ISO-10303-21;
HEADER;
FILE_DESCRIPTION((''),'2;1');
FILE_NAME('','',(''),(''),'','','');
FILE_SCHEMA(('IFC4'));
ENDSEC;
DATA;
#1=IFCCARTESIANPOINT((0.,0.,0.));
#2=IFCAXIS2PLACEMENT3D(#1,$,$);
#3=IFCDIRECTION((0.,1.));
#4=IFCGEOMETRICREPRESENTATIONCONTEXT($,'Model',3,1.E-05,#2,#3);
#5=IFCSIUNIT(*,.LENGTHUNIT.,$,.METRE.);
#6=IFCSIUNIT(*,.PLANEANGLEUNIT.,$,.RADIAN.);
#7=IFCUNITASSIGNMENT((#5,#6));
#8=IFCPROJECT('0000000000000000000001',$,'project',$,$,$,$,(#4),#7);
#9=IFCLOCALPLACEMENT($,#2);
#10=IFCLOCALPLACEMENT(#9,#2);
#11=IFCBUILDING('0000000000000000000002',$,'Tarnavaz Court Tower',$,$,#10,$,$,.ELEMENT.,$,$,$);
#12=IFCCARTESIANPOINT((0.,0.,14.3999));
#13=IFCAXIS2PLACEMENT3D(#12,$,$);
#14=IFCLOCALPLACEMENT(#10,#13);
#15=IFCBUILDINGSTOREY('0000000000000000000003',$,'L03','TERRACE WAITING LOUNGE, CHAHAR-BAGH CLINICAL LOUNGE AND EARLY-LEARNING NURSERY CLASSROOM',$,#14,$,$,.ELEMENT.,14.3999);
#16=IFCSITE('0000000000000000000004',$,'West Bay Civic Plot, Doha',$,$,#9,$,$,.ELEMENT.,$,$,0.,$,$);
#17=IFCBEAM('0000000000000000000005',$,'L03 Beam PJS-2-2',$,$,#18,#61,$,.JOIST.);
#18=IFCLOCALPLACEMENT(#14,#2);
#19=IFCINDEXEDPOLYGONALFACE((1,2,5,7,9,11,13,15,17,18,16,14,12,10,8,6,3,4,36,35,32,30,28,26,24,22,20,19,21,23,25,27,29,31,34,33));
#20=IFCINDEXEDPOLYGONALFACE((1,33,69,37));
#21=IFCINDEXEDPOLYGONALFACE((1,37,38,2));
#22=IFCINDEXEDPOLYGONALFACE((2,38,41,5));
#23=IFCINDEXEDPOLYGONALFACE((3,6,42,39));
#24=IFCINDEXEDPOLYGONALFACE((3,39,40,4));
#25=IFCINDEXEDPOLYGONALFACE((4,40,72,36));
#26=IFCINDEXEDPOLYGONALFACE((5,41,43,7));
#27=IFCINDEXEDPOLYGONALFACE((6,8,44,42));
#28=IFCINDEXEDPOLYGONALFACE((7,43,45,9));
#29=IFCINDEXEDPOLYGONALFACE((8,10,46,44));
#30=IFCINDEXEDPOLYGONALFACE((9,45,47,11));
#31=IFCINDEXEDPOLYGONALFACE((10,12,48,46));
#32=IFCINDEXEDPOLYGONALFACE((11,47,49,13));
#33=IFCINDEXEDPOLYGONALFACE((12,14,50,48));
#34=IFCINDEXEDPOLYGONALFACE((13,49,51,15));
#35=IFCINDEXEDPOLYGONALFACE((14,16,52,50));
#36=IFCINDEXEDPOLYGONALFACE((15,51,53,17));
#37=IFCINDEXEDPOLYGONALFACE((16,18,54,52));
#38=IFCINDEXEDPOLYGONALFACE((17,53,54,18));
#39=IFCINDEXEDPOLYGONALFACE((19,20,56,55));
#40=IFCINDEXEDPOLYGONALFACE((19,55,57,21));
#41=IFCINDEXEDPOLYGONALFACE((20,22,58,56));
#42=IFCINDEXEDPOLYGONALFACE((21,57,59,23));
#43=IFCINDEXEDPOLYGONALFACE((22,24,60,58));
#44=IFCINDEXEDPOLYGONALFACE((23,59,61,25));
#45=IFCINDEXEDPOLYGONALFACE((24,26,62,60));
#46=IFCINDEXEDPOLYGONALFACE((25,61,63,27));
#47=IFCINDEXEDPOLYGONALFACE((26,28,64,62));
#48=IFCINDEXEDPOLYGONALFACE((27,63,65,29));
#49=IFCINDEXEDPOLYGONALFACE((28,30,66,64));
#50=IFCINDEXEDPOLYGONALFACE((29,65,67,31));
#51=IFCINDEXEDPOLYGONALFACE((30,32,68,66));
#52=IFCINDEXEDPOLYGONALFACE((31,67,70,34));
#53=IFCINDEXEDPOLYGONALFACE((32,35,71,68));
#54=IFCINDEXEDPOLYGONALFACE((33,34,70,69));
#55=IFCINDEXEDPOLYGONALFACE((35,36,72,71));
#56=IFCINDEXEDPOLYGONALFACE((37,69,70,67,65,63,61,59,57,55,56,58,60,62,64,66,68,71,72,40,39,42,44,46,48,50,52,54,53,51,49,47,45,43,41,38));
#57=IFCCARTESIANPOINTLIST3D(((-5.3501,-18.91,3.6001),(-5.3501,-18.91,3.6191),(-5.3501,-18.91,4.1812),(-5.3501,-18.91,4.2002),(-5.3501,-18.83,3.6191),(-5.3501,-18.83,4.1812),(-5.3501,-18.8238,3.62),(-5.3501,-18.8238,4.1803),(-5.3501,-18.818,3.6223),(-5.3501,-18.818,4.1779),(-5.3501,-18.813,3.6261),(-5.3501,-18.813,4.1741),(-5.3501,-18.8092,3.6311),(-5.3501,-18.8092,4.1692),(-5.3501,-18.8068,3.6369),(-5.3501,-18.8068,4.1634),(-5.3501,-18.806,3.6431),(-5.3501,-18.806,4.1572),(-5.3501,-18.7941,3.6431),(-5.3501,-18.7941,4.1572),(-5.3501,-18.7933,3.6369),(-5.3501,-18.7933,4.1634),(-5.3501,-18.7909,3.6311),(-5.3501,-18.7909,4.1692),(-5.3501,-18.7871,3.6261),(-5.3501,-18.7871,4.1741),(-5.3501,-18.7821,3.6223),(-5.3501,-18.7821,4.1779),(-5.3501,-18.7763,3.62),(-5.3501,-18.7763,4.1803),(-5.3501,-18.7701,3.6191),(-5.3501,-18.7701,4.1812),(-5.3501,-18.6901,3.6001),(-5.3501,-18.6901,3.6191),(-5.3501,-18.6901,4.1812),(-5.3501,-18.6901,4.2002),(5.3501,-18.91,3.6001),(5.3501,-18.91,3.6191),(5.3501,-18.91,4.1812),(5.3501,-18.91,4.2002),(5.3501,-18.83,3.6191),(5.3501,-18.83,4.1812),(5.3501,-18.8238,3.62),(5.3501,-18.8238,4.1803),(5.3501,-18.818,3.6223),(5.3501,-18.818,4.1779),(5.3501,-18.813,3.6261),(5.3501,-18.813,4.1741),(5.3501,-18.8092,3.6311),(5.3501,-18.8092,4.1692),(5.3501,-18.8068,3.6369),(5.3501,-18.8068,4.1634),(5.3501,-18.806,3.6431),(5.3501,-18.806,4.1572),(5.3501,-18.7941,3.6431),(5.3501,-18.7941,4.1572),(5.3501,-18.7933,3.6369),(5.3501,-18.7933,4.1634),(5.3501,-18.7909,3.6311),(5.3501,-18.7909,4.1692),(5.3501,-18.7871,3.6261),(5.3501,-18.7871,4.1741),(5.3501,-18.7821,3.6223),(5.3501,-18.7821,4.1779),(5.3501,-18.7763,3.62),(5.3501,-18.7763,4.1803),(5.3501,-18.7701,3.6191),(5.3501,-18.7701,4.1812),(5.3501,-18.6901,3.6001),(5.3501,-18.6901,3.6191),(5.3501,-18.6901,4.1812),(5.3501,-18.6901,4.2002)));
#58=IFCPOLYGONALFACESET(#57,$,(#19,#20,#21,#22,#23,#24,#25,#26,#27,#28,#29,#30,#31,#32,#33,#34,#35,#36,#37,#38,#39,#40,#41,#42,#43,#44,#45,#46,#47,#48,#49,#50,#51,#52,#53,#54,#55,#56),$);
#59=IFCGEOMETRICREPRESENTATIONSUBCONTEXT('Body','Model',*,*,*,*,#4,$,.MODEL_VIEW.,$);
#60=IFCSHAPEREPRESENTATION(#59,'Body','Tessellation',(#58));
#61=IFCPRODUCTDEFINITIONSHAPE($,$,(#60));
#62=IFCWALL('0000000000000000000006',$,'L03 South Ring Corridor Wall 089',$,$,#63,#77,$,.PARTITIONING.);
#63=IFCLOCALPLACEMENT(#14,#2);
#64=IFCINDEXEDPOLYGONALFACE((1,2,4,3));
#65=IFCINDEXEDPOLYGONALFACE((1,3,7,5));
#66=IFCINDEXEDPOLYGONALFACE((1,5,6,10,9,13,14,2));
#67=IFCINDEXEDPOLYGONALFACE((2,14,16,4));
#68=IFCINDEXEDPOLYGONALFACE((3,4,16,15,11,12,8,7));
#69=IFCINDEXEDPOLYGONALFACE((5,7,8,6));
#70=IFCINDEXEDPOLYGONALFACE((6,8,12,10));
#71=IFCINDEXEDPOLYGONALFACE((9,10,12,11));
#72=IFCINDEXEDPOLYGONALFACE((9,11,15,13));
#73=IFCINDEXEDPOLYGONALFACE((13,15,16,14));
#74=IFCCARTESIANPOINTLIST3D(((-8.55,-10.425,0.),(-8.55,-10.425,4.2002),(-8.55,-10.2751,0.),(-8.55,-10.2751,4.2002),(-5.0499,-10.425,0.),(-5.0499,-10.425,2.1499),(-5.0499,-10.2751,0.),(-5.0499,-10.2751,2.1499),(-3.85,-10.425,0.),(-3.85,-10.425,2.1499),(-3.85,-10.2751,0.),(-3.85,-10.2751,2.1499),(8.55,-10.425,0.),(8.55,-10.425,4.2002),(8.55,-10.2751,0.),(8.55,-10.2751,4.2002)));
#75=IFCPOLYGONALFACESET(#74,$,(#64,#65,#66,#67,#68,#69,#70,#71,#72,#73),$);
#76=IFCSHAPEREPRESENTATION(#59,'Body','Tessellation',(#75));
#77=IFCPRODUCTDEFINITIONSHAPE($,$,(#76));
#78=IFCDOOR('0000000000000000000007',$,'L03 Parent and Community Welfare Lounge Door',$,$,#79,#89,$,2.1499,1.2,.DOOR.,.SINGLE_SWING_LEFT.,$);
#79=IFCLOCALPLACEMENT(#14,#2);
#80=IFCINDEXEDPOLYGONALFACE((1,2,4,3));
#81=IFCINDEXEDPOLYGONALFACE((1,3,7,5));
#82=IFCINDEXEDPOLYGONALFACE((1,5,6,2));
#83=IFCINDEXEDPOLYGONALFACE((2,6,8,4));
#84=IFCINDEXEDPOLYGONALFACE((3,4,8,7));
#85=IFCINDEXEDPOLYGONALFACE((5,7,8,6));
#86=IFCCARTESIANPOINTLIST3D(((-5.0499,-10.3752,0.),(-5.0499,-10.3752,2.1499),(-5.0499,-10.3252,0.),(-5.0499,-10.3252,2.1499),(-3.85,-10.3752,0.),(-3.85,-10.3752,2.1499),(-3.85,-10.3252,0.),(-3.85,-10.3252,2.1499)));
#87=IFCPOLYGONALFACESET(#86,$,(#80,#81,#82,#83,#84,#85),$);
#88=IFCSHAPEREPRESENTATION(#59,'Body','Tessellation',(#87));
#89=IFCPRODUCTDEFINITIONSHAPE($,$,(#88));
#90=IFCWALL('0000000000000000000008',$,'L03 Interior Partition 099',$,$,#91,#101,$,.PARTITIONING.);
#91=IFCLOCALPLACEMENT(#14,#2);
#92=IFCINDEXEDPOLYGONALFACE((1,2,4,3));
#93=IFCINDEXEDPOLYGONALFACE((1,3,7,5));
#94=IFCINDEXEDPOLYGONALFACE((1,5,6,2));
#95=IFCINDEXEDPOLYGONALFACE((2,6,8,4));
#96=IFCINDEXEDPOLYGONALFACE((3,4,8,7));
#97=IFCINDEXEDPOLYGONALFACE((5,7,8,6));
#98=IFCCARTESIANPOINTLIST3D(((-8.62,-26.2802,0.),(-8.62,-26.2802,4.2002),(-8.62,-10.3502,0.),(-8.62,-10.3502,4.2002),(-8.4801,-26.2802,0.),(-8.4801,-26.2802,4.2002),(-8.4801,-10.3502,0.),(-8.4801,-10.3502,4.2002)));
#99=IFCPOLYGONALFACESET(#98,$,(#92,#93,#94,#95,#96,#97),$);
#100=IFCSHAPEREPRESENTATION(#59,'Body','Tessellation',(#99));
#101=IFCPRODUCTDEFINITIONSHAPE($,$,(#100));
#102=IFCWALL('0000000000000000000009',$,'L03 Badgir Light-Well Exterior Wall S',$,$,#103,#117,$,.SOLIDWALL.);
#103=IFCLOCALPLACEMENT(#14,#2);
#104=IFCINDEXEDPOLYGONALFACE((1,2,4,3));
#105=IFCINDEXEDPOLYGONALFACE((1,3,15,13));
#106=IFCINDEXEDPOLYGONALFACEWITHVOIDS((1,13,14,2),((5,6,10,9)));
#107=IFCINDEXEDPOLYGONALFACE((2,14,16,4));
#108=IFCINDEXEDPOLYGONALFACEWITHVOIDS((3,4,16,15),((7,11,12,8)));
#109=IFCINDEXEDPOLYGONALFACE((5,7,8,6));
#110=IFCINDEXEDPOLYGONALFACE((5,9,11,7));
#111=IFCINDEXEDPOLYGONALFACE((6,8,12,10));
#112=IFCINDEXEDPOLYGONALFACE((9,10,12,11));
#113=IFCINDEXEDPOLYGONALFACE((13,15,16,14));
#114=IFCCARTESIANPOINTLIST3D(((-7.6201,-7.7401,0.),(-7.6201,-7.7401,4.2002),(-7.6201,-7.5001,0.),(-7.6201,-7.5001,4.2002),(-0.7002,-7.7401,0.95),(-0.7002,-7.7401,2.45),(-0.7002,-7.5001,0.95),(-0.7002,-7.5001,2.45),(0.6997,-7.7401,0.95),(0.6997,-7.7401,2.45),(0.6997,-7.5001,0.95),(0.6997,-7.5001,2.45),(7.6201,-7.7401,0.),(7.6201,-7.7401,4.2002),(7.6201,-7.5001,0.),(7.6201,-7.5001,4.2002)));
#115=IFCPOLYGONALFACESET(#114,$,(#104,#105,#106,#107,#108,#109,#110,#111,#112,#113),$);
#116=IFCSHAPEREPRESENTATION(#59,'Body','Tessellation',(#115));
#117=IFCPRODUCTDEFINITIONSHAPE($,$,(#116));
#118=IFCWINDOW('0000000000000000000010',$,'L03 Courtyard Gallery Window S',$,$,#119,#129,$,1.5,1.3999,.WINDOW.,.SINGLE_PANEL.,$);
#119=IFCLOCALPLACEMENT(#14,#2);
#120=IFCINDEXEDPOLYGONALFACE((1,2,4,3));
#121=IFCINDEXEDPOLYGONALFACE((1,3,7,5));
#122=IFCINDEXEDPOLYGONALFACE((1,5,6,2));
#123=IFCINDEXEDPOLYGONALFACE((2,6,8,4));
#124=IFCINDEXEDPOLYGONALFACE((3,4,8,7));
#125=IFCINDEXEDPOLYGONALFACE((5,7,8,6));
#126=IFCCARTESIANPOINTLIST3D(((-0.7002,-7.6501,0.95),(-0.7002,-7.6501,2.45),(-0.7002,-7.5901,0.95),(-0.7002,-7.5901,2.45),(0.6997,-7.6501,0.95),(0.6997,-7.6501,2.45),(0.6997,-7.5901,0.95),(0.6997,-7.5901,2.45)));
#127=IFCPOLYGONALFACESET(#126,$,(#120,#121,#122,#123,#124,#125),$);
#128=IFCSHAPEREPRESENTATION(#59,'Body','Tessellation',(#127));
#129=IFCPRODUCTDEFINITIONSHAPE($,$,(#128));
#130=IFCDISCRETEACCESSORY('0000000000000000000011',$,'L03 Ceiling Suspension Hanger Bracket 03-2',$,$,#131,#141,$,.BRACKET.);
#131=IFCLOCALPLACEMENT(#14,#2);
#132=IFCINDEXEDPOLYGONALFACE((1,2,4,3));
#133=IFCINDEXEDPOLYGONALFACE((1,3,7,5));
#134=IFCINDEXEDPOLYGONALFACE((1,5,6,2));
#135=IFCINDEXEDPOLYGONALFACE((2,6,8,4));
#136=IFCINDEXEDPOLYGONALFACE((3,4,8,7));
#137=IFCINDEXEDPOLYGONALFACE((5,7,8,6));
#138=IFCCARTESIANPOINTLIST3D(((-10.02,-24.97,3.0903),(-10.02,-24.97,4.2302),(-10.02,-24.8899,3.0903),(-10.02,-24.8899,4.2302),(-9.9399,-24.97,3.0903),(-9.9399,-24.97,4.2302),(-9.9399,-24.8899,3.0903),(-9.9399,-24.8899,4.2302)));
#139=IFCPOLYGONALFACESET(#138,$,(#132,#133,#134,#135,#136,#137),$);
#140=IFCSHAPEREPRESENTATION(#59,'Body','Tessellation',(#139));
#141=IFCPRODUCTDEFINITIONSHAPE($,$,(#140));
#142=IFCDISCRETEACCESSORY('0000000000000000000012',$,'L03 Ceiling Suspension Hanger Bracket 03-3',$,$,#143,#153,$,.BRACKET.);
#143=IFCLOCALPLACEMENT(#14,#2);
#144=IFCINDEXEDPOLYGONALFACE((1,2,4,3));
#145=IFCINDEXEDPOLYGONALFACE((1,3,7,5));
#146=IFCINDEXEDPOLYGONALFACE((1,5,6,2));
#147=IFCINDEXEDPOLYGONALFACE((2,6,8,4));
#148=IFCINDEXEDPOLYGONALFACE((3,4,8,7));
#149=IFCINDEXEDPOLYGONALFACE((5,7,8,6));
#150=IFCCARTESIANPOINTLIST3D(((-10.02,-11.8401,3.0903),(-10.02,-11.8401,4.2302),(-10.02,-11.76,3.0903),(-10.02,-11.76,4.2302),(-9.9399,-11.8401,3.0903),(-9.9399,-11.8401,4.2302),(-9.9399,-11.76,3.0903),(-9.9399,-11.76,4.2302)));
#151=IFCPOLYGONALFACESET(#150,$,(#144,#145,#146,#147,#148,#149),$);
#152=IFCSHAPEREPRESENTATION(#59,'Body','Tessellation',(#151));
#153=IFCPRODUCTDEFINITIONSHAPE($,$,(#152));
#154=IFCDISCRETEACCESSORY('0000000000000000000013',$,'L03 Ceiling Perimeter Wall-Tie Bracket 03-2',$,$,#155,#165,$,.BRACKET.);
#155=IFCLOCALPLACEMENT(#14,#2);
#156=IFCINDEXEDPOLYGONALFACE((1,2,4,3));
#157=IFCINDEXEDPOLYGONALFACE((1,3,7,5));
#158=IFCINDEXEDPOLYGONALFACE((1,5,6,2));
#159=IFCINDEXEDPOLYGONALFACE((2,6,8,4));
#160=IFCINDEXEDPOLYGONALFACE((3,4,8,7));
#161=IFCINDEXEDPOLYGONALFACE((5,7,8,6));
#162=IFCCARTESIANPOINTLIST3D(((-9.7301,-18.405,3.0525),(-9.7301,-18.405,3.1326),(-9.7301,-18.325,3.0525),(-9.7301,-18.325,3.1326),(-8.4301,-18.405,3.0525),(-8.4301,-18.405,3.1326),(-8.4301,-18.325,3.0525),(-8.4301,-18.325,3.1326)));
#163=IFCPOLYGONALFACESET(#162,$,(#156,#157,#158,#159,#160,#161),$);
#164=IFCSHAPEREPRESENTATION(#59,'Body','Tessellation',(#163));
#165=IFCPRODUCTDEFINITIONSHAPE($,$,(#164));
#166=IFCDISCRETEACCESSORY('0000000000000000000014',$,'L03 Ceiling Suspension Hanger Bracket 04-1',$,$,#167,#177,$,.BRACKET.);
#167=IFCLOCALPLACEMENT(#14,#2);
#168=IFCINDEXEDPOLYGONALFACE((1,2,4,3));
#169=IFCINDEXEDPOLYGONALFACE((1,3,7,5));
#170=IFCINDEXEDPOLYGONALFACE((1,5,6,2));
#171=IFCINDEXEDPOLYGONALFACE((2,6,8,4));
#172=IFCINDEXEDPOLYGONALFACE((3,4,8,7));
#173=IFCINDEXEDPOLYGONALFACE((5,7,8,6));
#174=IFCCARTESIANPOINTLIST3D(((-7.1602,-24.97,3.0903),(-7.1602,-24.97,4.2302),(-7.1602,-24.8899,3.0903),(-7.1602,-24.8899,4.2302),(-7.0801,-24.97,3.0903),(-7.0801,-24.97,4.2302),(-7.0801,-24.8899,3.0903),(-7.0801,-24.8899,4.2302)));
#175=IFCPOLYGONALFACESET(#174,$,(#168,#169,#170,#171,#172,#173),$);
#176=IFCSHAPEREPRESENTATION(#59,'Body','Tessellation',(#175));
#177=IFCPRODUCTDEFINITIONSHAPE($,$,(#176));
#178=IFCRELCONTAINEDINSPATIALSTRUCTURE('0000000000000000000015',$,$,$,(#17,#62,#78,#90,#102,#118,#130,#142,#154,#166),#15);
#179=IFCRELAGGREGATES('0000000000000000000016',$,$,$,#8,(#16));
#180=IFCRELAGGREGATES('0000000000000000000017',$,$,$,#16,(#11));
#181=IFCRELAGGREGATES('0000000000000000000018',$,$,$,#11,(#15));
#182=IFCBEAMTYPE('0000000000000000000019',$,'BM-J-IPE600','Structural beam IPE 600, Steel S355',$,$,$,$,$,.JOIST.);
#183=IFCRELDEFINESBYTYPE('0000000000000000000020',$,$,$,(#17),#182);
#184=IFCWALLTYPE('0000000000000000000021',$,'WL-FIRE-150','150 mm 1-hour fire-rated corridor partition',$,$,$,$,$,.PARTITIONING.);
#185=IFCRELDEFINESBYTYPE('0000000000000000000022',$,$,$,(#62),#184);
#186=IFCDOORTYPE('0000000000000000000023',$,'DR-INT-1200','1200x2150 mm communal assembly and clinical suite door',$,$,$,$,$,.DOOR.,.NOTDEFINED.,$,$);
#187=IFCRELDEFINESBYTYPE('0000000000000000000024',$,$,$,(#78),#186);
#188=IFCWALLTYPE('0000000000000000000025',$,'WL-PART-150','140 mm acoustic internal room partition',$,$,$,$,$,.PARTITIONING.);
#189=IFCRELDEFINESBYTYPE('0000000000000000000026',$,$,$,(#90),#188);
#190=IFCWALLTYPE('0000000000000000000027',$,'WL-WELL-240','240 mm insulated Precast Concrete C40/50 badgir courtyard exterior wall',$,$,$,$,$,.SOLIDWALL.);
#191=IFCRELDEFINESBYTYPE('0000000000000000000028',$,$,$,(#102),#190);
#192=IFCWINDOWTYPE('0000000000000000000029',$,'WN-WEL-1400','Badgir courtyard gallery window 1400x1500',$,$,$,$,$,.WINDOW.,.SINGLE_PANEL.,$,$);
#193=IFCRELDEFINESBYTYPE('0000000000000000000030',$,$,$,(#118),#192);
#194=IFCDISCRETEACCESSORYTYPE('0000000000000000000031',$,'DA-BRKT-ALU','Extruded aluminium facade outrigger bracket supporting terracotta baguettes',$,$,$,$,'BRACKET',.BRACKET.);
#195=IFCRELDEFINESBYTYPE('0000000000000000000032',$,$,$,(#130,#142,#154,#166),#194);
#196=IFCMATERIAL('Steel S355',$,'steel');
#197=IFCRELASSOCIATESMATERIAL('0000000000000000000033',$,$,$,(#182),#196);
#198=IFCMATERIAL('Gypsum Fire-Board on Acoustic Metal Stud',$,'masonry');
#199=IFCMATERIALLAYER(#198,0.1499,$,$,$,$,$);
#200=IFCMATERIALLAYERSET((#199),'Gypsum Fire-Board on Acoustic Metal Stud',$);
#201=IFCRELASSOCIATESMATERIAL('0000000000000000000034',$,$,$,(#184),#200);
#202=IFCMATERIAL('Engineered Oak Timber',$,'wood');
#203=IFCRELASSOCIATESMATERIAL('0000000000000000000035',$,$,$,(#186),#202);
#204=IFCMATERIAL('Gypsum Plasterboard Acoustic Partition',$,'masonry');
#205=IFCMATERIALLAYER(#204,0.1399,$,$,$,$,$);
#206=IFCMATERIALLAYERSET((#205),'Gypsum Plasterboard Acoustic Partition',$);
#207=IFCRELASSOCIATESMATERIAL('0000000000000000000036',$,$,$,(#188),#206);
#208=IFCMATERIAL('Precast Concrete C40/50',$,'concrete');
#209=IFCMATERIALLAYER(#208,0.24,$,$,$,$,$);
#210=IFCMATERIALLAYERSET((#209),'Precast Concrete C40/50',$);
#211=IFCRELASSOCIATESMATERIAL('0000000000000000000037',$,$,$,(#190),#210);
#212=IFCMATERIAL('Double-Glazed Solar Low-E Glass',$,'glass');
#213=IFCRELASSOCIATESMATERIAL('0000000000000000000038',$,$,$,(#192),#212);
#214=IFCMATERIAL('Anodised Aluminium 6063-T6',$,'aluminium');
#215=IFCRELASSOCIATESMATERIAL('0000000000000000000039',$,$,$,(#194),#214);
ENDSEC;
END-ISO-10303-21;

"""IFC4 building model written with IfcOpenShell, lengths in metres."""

from ifc_helpers import new_model, si_unit, direction, frame, frame_2d, origin, origin_2d, place, context, subcontext, project, spatial, rectangle, i_section, extrude, material, layer, layer_set, material_profile, profile_set, type_object, element, fill, save


model = new_model("IFC4")

# Units and contexts
model_context = context("Model", 3, precision=1e-05, world=origin(), true_north=direction((0.0, 1.0)))
body_context = subcontext(model_context, "Body", "Model", "MODEL_VIEW")
ifc_project = project(units=[si_unit("LENGTHUNIT", "METRE"), si_unit("PLANEANGLEUNIT", "RADIAN")], contexts=[model_context])

# Site, building, storey
site_placement = place(None, origin())
site = spatial("IfcSite", under=ifc_project, at=site_placement, Name="West Bay Civic Plot, Doha", CompositionType="ELEMENT", RefElevation=0.0)
building_placement = place(site_placement, origin())
building = spatial("IfcBuilding", under=site, at=building_placement, Name="Tarnavaz Court Tower", CompositionType="ELEMENT")
storey_placement = place(building_placement, frame((0.0, 0.0, 14.3999)))
storey = spatial("IfcBuildingStorey", under=building, at=storey_placement, Name="L03", Description="TERRACE WAITING LOUNGE, CHAHAR-BAGH CLINICAL LOUNGE AND EARLY-LEARNING NURSERY CLASSROOM", CompositionType="ELEMENT", Elevation=14.3999)

# Beam
ifc_material_1 = material(Name="Steel S355", Category="steel")
ifc_material_profile_1 = material_profile(ifc_material_1, i_section(OverallWidth=0.22, OverallDepth=0.6001, WebThickness=0.012, FlangeThickness=0.019, FilletRadius=0.0239, at=origin_2d()), Name="IPE 600")
ifc_profile_set_1 = profile_set([ifc_material_profile_1], Name="Steel S355")
beam_type_1 = type_object("IfcBeamType", Name="BM-J-IPE600", Description="Structural beam IPE 600, Steel S355", PredefinedType="JOIST", material=ifc_profile_set_1)
for number, where, z_axis, x_axis, name in (
    (1, (-5.3501, -18.8, 3.9001), (1.0, 0.0, 0.0), (0.0, 1.0, 0.0), "L03 Beam PJS-2-2"),
):
    element("IfcBeam", number, at=place(storey_placement, frame(where, z_axis=z_axis, x_axis=x_axis)), inside=storey, type_object=beam_type_1, Name=name, PredefinedType="JOIST", context=body_context, shape_type="SweptSolid", body=[
        extrude(i_section(OverallWidth=0.22, OverallDepth=0.6001, WebThickness=0.012, FlangeThickness=0.019, FilletRadius=0.0239, at=origin_2d()), origin(), (0.0, 0.0, 1.0), 10.7002),
    ])

# Wall, opening, door
ifc_material_2 = material(Name="Gypsum Fire-Board on Acoustic Metal Stud", Category="masonry")
ifc_layer_1 = layer(ifc_material_2, 0.1499)
ifc_layer_set_1 = layer_set([ifc_layer_1], Name="Gypsum Fire-Board on Acoustic Metal Stud")
wall_type_1 = type_object("IfcWallType", Name="WL-FIRE-150", Description="150 mm 1-hour fire-rated corridor partition", PredefinedType="PARTITIONING", material=ifc_layer_set_1)
wall_1_placement = place(storey_placement, frame((-8.55, -10.3501, 0.0), z_axis=(0.0, 0.0, 1.0), x_axis=(1.0, 0.0, 0.0)))
wall_1 = element("IfcWall", 2, at=wall_1_placement, inside=storey, type_object=wall_type_1, Name="L03 South Ring Corridor Wall 089", PredefinedType="PARTITIONING", context=body_context, shape_type="SweptSolid", body=[
    extrude(rectangle(XDim=17.1001, YDim=0.1499, at=frame_2d((8.55, 0.0))), origin(), (0.0, 0.0, 1.0), 4.2002),
])
opening_1_placement = place(wall_1_placement, frame((3.5, 0.0, 0.0)))
opening_1 = element("IfcOpeningElement", 3, at=opening_1_placement, cuts=wall_1, PredefinedType="OPENING", context=body_context, shape_type="SweptSolid", body=[
    extrude(rectangle(XDim=1.2, YDim=2.1499, at=frame_2d((0.6001, 1.075))), frame((0.0, 0.085, 0.0), z_axis=(0.0, -1.0, 0.0), x_axis=(1.0, 0.0, 0.0)), (0.0, 0.0, 1.0), 0.1699),
])
ifc_material_3 = material(Name="Engineered Oak Timber", Category="wood")
door_type = type_object("IfcDoorType", Name="DR-INT-1200", Description="1200x2150 mm communal assembly and clinical suite door", OperationType="NOTDEFINED", PredefinedType="DOOR", material=ifc_material_3)
door_placement = place(opening_1_placement, origin())
door = element("IfcDoor", 4, at=door_placement, inside=storey, type_object=door_type, Name="L03 Parent and Community Welfare Lounge Door", OperationType="SINGLE_SWING_LEFT", OverallHeight=2.1499, OverallWidth=1.2, PredefinedType="DOOR", context=body_context, shape_type="SweptSolid", body=[
    extrude(rectangle(XDim=1.2, YDim=2.1499, at=frame_2d((0.6001, 1.075))), frame((0.0, 0.0249, 0.0), z_axis=(0.0, -1.0, 0.0), x_axis=(1.0, 0.0, 0.0)), (0.0, 0.0, 1.0), 0.05),
])
fill(opening_1, door)

# Wall
ifc_material_4 = material(Name="Gypsum Plasterboard Acoustic Partition", Category="masonry")
ifc_layer_2 = layer(ifc_material_4, 0.1399)
ifc_layer_set_2 = layer_set([ifc_layer_2], Name="Gypsum Plasterboard Acoustic Partition")
wall_type_2 = type_object("IfcWallType", Name="WL-PART-150", Description="140 mm acoustic internal room partition", PredefinedType="PARTITIONING", material=ifc_layer_set_2)
wall_2_placement = place(storey_placement, frame((-8.55, -26.28, 0.0), z_axis=(0.0, 0.0, 1.0), x_axis=(0.0, 1.0, 0.0)))
element("IfcWall", 5, at=wall_2_placement, inside=storey, type_object=wall_type_2, Name="L03 Interior Partition 099", PredefinedType="PARTITIONING", context=body_context, shape_type="SweptSolid", body=[
    extrude(rectangle(XDim=15.9299, YDim=0.1399, at=frame_2d((7.9648, 0.0))), origin(), (0.0, 0.0, 1.0), 4.2002),
])

# Wall, opening, window
ifc_material_5 = material(Name="Precast Concrete C40/50", Category="concrete")
ifc_layer_3 = layer(ifc_material_5, 0.24)
ifc_layer_set_3 = layer_set([ifc_layer_3], Name="Precast Concrete C40/50")
wall_type_3 = type_object("IfcWallType", Name="WL-WELL-240", Description="240 mm insulated Precast Concrete C40/50 badgir courtyard exterior wall", PredefinedType="SOLIDWALL", material=ifc_layer_set_3)
wall_3_placement = place(storey_placement, frame((-7.6201, -7.6201, 0.0), z_axis=(0.0, 0.0, 1.0), x_axis=(1.0, 0.0, 0.0)))
wall_3 = element("IfcWall", 6, at=wall_3_placement, inside=storey, type_object=wall_type_3, Name="L03 Badgir Light-Well Exterior Wall S", PredefinedType="SOLIDWALL", context=body_context, shape_type="SweptSolid", body=[
    extrude(rectangle(XDim=15.2402, YDim=0.24, at=frame_2d((7.6201, 0.0))), origin(), (0.0, 0.0, 1.0), 4.2002),
])
opening_2_placement = place(wall_3_placement, frame((6.9199, 0.0, 0.95)))
opening_2 = element("IfcOpeningElement", 7, at=opening_2_placement, cuts=wall_3, PredefinedType="OPENING", context=body_context, shape_type="SweptSolid", body=[
    extrude(rectangle(XDim=1.3999, YDim=1.5, at=frame_2d((0.7, 0.75))), frame((0.0, 0.1299, 0.0), z_axis=(0.0, -1.0, 0.0), x_axis=(1.0, 0.0, 0.0)), (0.0, 0.0, 1.0), 0.26),
])
ifc_material_6 = material(Name="Double-Glazed Solar Low-E Glass", Category="glass")
window_type = type_object("IfcWindowType", Name="WN-WEL-1400", Description="Badgir courtyard gallery window 1400x1500", PartitioningType="SINGLE_PANEL", PredefinedType="WINDOW", material=ifc_material_6)
window_placement = place(opening_2_placement, origin())
window = element("IfcWindow", 8, at=window_placement, inside=storey, type_object=window_type, Name="L03 Courtyard Gallery Window S", OverallHeight=1.5, OverallWidth=1.3999, PartitioningType="SINGLE_PANEL", PredefinedType="WINDOW", context=body_context, shape_type="SweptSolid", body=[
    extrude(rectangle(XDim=1.3999, YDim=1.5, at=frame_2d((0.7, 0.75))), frame((0.0, 0.03, 0.0), z_axis=(0.0, -1.0, 0.0), x_axis=(1.0, 0.0, 0.0)), (0.0, 0.0, 1.0), 0.0601),
])
fill(opening_2, window)

# Discrete accessories
ifc_material_7 = material(Name="Anodised Aluminium 6063-T6", Category="aluminium")
discrete_accessory_type_1 = type_object("IfcDiscreteAccessoryType", Name="DA-BRKT-ALU", Description="Extruded aluminium facade outrigger bracket supporting terracotta baguettes", ElementType="BRACKET", PredefinedType="BRACKET", material=ifc_material_7)
for number, where, z_axis, x_axis, name in (
    (9, (-9.98, -24.9299, 3.0903), (0.0, 0.0, 1.0), (1.0, 0.0, 0.0), "L03 Ceiling Suspension Hanger Bracket 03-2"),
    (10, (-9.98, -11.8, 3.0903), (0.0, 0.0, 1.0), (1.0, 0.0, 0.0), "L03 Ceiling Suspension Hanger Bracket 03-3"),
):
    element("IfcDiscreteAccessory", number, at=place(storey_placement, frame(where, z_axis=z_axis, x_axis=x_axis)), inside=storey, type_object=discrete_accessory_type_1, Name=name, PredefinedType="BRACKET", context=body_context, shape_type="SweptSolid", body=[
        extrude(rectangle(XDim=0.0801, YDim=0.0801, at=origin_2d()), origin(), (0.0, 0.0, 1.0), 1.1399),
    ])
discrete_accessory_1_placement = place(storey_placement, frame((-9.0801, -18.365, 3.0525), z_axis=(0.0, 0.0, 1.0), x_axis=(1.0, 0.0, 0.0)))
element("IfcDiscreteAccessory", 11, at=discrete_accessory_1_placement, inside=storey, type_object=discrete_accessory_type_1, Name="L03 Ceiling Perimeter Wall-Tie Bracket 03-2", PredefinedType="BRACKET", context=body_context, shape_type="SweptSolid", body=[
    extrude(rectangle(XDim=1.3, YDim=0.0801, at=origin_2d()), origin(), (0.0, 0.0, 1.0), 0.0801),
])
for number, where, z_axis, x_axis, name in (
    (12, (-7.1201, -24.9299, 3.0903), (0.0, 0.0, 1.0), (1.0, 0.0, 0.0), "L03 Ceiling Suspension Hanger Bracket 04-1"),
):
    element("IfcDiscreteAccessory", number, at=place(storey_placement, frame(where, z_axis=z_axis, x_axis=x_axis)), inside=storey, type_object=discrete_accessory_type_1, Name=name, PredefinedType="BRACKET", context=body_context, shape_type="SweptSolid", body=[
        extrude(rectangle(XDim=0.0801, YDim=0.0801, at=origin_2d()), origin(), (0.0, 0.0, 1.0), 1.1399),
    ])

save(model, "model.ifc")
